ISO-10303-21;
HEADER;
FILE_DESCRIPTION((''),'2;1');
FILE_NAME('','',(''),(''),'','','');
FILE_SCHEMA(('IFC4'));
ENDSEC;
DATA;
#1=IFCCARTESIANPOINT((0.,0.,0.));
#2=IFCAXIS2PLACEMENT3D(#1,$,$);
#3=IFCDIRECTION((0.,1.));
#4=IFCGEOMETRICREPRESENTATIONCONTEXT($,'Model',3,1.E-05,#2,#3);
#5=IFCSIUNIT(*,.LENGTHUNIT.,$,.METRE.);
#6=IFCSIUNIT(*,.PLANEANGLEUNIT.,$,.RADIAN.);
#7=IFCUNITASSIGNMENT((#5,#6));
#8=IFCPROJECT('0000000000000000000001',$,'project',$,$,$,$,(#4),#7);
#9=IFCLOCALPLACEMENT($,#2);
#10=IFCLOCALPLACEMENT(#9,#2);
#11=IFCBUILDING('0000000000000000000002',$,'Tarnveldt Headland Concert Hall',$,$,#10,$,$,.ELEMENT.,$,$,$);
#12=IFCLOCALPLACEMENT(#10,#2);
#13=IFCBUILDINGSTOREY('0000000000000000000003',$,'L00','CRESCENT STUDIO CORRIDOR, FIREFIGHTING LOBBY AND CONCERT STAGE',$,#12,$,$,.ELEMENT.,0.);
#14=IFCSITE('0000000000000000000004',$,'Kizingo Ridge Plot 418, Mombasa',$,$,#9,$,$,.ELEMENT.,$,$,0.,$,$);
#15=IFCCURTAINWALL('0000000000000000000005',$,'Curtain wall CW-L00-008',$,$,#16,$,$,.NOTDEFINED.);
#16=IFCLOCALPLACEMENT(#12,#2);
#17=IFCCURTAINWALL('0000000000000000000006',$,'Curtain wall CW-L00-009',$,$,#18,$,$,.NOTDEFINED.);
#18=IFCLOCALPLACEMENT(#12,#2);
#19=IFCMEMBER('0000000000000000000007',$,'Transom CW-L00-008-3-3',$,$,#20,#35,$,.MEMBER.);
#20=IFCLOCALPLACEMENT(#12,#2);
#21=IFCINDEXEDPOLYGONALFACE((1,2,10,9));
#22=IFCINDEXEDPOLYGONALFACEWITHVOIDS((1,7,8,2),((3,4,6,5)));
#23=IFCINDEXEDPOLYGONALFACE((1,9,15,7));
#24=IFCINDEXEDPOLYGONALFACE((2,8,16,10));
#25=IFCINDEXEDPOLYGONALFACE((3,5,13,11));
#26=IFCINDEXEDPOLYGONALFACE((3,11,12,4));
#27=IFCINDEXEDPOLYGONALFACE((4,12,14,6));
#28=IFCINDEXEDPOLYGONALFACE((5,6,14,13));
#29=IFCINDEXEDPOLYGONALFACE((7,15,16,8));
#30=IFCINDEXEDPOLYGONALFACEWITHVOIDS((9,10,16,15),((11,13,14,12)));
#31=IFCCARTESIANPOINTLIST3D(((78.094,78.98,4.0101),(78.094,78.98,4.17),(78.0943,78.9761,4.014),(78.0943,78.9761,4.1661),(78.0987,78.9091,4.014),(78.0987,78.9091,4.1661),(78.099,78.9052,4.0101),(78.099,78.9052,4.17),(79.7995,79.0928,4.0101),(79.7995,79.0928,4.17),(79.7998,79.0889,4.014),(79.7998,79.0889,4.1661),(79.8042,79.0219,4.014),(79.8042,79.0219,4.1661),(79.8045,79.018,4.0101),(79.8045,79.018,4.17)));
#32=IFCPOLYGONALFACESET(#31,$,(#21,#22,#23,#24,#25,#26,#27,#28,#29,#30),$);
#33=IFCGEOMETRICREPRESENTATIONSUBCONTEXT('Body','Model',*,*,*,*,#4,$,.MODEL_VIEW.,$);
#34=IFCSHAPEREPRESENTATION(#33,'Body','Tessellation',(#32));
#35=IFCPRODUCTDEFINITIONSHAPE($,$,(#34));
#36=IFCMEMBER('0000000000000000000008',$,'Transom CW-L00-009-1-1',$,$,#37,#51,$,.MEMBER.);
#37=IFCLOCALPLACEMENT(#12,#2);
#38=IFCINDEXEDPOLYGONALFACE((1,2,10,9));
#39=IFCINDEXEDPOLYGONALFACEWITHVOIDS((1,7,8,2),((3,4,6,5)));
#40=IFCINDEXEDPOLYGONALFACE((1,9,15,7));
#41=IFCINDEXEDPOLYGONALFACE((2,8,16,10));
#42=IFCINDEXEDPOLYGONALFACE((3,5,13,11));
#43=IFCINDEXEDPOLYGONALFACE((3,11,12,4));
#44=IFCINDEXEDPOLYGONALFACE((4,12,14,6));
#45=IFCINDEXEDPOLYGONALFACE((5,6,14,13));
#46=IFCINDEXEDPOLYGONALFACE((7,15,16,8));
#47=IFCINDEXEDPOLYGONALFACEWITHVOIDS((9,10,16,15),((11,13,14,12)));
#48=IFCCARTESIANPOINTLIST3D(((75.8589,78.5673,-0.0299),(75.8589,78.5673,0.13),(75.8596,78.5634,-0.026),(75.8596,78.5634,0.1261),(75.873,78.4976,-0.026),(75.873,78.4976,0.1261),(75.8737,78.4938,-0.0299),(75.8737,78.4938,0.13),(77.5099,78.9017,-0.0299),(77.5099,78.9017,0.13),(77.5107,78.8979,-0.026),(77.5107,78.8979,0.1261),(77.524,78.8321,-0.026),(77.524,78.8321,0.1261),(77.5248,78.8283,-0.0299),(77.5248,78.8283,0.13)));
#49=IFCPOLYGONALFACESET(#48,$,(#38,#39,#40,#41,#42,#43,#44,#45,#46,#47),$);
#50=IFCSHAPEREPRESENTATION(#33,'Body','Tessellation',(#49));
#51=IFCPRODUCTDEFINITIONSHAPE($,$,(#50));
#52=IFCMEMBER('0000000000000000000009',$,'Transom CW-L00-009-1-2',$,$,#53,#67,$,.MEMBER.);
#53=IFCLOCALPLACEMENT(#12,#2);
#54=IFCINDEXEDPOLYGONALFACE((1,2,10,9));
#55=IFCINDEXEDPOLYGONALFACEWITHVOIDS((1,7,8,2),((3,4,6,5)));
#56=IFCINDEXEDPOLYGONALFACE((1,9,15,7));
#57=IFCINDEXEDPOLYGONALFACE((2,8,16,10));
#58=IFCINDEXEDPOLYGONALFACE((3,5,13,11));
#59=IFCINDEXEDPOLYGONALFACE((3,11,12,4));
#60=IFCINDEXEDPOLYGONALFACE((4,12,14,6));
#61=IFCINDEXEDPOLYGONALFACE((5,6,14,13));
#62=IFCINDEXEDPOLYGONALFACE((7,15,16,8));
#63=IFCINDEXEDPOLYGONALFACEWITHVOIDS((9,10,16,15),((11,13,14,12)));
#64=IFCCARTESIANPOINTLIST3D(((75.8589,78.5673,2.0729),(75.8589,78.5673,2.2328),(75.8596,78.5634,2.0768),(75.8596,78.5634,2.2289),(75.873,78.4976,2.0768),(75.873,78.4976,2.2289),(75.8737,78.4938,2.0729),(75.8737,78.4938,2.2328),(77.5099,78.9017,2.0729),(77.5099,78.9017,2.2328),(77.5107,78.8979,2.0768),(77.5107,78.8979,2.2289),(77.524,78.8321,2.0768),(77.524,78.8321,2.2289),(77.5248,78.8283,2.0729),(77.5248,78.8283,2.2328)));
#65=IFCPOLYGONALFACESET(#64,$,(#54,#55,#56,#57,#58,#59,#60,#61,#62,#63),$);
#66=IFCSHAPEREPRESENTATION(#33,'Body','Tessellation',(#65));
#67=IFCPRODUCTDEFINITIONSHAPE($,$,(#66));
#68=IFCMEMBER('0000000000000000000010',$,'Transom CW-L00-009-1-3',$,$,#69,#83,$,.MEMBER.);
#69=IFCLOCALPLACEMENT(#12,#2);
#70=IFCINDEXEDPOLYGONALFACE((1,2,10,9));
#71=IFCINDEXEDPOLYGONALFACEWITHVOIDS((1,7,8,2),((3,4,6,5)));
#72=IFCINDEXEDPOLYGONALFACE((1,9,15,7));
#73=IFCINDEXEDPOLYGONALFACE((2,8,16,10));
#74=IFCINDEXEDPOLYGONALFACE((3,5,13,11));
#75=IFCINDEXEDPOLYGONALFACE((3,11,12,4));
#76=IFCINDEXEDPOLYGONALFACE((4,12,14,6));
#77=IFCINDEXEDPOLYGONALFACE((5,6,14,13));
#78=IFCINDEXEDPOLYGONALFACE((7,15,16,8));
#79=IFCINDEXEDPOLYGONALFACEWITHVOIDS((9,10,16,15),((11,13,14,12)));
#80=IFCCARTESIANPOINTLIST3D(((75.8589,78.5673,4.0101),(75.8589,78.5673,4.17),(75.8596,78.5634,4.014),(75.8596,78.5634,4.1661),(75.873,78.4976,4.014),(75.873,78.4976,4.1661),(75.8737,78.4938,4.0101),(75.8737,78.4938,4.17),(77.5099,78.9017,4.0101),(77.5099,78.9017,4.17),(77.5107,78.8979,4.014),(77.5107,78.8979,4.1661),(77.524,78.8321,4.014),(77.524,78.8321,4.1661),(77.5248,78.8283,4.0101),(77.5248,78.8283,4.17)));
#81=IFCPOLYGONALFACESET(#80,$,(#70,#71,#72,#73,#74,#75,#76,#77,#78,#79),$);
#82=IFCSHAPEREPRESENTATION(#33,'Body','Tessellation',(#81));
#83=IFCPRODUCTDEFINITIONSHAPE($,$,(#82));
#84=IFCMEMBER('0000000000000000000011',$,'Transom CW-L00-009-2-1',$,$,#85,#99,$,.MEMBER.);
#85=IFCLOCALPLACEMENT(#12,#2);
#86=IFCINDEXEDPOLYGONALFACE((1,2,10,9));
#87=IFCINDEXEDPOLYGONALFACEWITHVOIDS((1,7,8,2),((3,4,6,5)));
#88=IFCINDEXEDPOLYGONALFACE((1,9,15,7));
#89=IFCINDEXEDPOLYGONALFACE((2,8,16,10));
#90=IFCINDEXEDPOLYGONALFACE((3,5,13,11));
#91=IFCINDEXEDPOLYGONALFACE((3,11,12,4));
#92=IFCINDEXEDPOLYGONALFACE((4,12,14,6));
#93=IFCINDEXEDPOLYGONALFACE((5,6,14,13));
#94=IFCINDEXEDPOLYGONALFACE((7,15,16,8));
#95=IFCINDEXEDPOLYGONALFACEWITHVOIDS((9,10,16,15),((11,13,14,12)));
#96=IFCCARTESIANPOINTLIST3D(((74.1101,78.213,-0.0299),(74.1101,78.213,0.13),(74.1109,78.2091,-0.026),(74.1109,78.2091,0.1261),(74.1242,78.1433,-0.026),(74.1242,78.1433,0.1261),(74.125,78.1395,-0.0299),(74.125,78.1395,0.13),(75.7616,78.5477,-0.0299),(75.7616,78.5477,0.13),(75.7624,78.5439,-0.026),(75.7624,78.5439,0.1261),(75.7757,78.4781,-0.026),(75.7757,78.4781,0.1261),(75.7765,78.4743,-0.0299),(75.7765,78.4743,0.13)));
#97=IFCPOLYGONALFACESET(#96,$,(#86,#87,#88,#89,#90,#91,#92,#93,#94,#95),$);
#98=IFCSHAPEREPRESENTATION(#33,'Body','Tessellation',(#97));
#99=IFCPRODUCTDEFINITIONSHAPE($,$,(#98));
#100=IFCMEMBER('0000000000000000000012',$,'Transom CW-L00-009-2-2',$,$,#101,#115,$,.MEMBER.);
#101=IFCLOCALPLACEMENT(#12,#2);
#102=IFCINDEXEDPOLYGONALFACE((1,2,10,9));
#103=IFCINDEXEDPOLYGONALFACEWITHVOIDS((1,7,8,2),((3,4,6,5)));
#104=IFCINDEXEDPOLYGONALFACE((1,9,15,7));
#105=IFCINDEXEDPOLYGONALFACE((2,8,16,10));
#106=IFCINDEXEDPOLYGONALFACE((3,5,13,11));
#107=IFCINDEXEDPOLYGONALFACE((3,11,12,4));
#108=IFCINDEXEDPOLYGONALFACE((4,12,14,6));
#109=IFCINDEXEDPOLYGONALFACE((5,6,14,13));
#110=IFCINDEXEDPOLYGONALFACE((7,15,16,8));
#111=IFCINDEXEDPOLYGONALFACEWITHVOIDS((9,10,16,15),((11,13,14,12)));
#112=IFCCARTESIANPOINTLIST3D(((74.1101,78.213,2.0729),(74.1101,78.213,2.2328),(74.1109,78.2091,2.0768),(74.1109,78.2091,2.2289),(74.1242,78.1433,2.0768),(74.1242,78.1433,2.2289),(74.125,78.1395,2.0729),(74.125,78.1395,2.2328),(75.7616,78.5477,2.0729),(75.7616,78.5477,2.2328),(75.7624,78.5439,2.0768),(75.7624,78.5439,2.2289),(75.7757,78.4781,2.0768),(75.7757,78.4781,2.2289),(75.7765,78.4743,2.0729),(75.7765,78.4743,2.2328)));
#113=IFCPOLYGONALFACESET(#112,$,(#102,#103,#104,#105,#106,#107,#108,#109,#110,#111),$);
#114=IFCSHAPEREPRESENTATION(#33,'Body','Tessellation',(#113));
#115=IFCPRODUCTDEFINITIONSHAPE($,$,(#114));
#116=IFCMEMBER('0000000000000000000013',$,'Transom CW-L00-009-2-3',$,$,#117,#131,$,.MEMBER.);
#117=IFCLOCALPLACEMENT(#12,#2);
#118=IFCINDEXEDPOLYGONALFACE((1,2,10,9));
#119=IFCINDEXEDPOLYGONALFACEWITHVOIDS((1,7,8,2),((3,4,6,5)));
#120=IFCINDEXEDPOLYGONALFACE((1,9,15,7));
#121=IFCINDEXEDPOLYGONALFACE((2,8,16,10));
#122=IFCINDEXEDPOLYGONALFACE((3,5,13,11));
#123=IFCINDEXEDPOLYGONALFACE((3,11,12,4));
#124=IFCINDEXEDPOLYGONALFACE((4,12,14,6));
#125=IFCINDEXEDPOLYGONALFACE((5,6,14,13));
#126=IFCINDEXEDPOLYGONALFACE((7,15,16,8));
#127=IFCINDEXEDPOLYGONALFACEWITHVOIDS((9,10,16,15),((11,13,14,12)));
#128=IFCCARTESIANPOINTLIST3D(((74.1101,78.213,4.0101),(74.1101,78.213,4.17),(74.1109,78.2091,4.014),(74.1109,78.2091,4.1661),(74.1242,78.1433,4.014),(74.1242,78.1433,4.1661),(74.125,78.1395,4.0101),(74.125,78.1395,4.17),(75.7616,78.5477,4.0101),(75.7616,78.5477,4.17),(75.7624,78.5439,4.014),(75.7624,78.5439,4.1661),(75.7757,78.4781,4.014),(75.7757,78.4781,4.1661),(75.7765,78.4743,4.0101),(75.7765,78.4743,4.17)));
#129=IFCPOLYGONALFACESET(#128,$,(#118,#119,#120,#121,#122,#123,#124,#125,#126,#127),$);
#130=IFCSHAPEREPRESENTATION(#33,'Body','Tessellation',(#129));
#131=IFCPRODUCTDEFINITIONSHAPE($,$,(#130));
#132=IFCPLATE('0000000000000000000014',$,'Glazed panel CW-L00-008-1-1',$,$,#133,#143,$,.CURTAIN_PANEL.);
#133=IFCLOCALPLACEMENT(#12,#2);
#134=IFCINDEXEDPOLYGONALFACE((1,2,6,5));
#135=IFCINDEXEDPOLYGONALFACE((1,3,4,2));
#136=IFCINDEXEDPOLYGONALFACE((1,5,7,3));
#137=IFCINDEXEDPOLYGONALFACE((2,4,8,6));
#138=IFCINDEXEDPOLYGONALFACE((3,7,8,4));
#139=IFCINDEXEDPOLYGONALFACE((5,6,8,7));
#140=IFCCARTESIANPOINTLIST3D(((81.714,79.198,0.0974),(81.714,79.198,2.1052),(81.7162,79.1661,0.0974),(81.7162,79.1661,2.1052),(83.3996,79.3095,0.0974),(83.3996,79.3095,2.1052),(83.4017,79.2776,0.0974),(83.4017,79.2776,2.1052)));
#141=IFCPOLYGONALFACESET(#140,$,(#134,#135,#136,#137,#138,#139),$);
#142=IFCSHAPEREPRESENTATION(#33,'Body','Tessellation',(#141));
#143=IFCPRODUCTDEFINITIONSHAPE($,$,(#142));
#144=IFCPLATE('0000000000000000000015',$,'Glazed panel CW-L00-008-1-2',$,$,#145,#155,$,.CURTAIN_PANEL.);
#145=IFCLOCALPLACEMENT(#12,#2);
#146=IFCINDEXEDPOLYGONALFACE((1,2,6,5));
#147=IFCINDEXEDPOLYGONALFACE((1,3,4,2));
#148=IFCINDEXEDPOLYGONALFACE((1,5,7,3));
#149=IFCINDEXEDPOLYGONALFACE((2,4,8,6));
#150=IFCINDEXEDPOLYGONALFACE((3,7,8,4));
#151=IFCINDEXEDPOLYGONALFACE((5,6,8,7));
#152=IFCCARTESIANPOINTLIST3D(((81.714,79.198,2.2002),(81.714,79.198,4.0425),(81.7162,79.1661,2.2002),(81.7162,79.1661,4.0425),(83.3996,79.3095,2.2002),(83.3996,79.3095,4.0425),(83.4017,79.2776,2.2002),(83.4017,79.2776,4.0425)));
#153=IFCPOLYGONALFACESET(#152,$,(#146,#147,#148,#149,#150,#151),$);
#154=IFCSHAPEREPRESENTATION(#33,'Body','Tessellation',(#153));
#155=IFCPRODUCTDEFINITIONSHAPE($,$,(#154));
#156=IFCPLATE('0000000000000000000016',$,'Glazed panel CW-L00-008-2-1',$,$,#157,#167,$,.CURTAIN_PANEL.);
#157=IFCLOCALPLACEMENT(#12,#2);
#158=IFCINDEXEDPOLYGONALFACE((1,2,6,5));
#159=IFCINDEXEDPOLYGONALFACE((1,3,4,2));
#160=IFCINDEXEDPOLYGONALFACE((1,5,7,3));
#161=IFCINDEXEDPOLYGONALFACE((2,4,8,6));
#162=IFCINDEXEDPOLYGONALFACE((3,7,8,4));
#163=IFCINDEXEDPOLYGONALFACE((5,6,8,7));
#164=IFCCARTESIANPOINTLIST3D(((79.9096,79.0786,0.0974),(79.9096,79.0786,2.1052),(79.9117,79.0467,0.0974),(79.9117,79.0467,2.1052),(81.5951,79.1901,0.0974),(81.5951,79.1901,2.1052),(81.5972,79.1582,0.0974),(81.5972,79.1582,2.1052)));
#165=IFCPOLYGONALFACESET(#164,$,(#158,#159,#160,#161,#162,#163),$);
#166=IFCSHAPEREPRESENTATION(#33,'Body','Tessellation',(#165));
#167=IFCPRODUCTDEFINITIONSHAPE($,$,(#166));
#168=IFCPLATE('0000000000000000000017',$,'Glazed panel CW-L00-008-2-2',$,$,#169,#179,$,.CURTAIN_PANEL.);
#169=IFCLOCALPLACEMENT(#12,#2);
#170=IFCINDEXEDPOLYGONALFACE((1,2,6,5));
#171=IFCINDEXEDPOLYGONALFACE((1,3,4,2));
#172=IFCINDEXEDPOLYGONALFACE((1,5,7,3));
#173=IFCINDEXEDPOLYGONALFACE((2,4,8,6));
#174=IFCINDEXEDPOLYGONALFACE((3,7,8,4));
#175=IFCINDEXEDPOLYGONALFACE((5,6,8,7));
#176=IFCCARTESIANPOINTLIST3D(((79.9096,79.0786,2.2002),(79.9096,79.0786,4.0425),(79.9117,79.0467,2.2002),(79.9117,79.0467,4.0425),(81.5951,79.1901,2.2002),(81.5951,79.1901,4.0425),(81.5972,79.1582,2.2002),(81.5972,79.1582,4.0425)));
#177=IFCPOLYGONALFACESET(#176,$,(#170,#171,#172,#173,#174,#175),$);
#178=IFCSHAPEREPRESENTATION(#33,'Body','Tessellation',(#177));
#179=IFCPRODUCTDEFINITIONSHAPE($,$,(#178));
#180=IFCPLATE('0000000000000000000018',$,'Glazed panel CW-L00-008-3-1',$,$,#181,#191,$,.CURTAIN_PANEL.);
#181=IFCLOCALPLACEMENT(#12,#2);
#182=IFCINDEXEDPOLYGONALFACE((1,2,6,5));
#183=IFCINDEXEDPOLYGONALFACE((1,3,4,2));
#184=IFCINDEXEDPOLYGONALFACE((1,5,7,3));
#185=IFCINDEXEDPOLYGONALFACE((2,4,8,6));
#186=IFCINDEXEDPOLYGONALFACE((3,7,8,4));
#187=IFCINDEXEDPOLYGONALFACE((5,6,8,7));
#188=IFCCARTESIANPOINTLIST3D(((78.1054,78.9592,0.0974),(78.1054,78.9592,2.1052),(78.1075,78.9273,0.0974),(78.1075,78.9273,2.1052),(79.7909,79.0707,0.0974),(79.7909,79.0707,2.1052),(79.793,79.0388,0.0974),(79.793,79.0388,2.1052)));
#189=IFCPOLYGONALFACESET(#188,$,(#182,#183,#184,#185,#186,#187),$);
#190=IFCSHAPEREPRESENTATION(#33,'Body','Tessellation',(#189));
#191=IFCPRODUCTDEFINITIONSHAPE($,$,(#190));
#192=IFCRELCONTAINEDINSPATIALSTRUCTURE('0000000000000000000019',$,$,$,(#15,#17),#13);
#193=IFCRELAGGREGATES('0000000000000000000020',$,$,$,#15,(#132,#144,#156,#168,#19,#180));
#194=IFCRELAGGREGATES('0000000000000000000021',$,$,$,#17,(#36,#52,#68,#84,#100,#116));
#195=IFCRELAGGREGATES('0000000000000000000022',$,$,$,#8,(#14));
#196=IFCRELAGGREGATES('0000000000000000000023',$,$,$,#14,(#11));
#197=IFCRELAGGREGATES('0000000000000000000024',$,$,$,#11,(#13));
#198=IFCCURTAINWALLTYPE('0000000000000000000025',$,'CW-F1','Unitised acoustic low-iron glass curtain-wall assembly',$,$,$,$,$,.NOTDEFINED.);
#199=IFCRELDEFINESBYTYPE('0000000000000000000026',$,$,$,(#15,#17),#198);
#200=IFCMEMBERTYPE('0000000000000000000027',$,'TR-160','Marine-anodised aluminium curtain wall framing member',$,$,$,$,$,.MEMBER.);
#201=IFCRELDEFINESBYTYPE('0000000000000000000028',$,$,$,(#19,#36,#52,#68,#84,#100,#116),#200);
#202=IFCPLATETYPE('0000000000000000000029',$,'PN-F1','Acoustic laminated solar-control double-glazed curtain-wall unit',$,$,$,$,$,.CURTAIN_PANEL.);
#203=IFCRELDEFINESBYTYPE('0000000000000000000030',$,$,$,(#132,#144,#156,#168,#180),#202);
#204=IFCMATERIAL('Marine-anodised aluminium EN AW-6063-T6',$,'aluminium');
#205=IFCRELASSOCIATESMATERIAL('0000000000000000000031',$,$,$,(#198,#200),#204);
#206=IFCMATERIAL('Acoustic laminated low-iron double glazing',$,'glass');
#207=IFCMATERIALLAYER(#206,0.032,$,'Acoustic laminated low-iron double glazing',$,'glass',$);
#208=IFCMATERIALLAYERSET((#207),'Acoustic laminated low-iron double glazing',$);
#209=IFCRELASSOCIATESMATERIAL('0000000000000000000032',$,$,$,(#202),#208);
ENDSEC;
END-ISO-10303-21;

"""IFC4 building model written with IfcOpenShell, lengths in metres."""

from ifc_helpers import new_model, si_unit, direction, frame, origin, origin_2d, place, context, subcontext, project, spatial, rectangle, hollow_rectangle, extrude, material, layer, layer_set, material_profile, profile_set, type_object, element, aggregate, save


model = new_model("IFC4")

# Units and contexts
model_context = context("Model", 3, precision=1e-05, world=origin(), true_north=direction((0.0, 1.0)))
body_context = subcontext(model_context, "Body", "Model", "MODEL_VIEW")
ifc_project = project(units=[si_unit("LENGTHUNIT", "METRE"), si_unit("PLANEANGLEUNIT", "RADIAN")], contexts=[model_context])

# Site, building, storey
site_placement = place(None, origin())
site = spatial("IfcSite", under=ifc_project, at=site_placement, Name="Kizingo Ridge Plot 418, Mombasa", CompositionType="ELEMENT", RefElevation=0.0)
building_placement = place(site_placement, origin())
building = spatial("IfcBuilding", under=site, at=building_placement, Name="Tarnveldt Headland Concert Hall", CompositionType="ELEMENT")
storey_placement = place(building_placement, origin())
storey = spatial("IfcBuildingStorey", under=building, at=storey_placement, Name="L00", Description="CRESCENT STUDIO CORRIDOR, FIREFIGHTING LOBBY AND CONCERT STAGE", CompositionType="ELEMENT", Elevation=0.0)

# Curtain walls
ifc_material_1 = material(Name="Marine-anodised aluminium EN AW-6063-T6", Category="aluminium")
curtain_wall_type = type_object("IfcCurtainWallType", Name="CW-F1", Description="Unitised acoustic low-iron glass curtain-wall assembly", PredefinedType="NOTDEFINED", material=ifc_material_1)
curtain_wall_1_placement = place(storey_placement, origin())
curtain_wall_1 = element("IfcCurtainWall", 1, at=curtain_wall_1_placement, inside=storey, type_object=curtain_wall_type, Name="Curtain wall CW-L00-008", PredefinedType="NOTDEFINED")
curtain_wall_2_placement = place(storey_placement, origin())
curtain_wall_2 = element("IfcCurtainWall", 2, at=curtain_wall_2_placement, inside=storey, type_object=curtain_wall_type, Name="Curtain wall CW-L00-009", PredefinedType="NOTDEFINED")

# Members
ifc_material_profile_1 = material_profile(ifc_material_1, hollow_rectangle(XDim=0.075, YDim=0.1599, WallThickness=0.0039, at=origin_2d()), Name="ALU TRANSOM 75x160x4", Category="aluminium")
ifc_profile_set_1 = profile_set([ifc_material_profile_1], Name="Marine-anodised aluminium EN AW-6063-T6")
member_type_1 = type_object("IfcMemberType", Name="TR-160", Description="Marine-anodised aluminium curtain wall framing member", PredefinedType="MEMBER", material=ifc_profile_set_1)
member_1_placement = place(storey_placement, frame((79.802, 79.0554, 4.0901), z_axis=(-0.99782, -0.065988, 0.0), x_axis=(0.065988, -0.99782, 0.0)))
member_1 = element("IfcMember", 3, at=member_1_placement, type_object=member_type_1, Name="Transom CW-L00-008-3-3", PredefinedType="MEMBER", context=body_context, shape_type="SweptSolid", body=[
    extrude(hollow_rectangle(XDim=0.075, YDim=0.1599, WallThickness=0.0039, at=origin_2d()), origin(), (0.0, 0.0, 1.0), 1.7092),
])
member_2_placement = place(storey_placement, frame((77.5173, 78.865, 0.05), z_axis=(-0.980093, -0.19854, 0.0), x_axis=(0.19854, -0.980093, 0.0)))
member_2 = element("IfcMember", 4, at=member_2_placement, type_object=member_type_1, Name="Transom CW-L00-009-1-1", PredefinedType="MEMBER", context=body_context, shape_type="SweptSolid", body=[
    extrude(hollow_rectangle(XDim=0.075, YDim=0.1599, WallThickness=0.0039, at=origin_2d()), origin(), (0.0, 0.0, 1.0), 1.6846),
])
member_3_placement = place(storey_placement, frame((77.5173, 78.865, 2.1528), z_axis=(-0.980093, -0.19854, 0.0), x_axis=(0.19854, -0.980093, 0.0)))
member_3 = element("IfcMember", 5, at=member_3_placement, type_object=member_type_1, Name="Transom CW-L00-009-1-2", PredefinedType="MEMBER", context=body_context, shape_type="SweptSolid", body=[
    extrude(hollow_rectangle(XDim=0.075, YDim=0.1599, WallThickness=0.0039, at=origin_2d()), origin(), (0.0, 0.0, 1.0), 1.6846),
])
member_4_placement = place(storey_placement, frame((77.5173, 78.865, 4.0901), z_axis=(-0.980093, -0.19854, 0.0), x_axis=(0.19854, -0.980093, 0.0)))
member_4 = element("IfcMember", 6, at=member_4_placement, type_object=member_type_1, Name="Transom CW-L00-009-1-3", PredefinedType="MEMBER", context=body_context, shape_type="SweptSolid", body=[
    extrude(hollow_rectangle(XDim=0.075, YDim=0.1599, WallThickness=0.0039, at=origin_2d()), origin(), (0.0, 0.0, 1.0), 1.6846),
])
member_5_placement = place(storey_placement, frame((75.769, 78.511, 0.05), z_axis=(-0.98007, -0.198651, 0.0), x_axis=(0.198651, -0.98007, 0.0)))
member_5 = element("IfcMember", 7, at=member_5_placement, type_object=member_type_1, Name="Transom CW-L00-009-2-1", PredefinedType="MEMBER", context=body_context, shape_type="SweptSolid", body=[
    extrude(hollow_rectangle(XDim=0.075, YDim=0.1599, WallThickness=0.0039, at=origin_2d()), origin(), (0.0, 0.0, 1.0), 1.6851),
])
member_6_placement = place(storey_placement, frame((75.769, 78.511, 2.1528), z_axis=(-0.98007, -0.198651, 0.0), x_axis=(0.198651, -0.98007, 0.0)))
member_6 = element("IfcMember", 8, at=member_6_placement, type_object=member_type_1, Name="Transom CW-L00-009-2-2", PredefinedType="MEMBER", context=body_context, shape_type="SweptSolid", body=[
    extrude(hollow_rectangle(XDim=0.075, YDim=0.1599, WallThickness=0.0039, at=origin_2d()), origin(), (0.0, 0.0, 1.0), 1.6851),
])
member_7_placement = place(storey_placement, frame((75.769, 78.511, 4.0901), z_axis=(-0.98007, -0.198651, 0.0), x_axis=(0.198651, -0.98007, 0.0)))
member_7 = element("IfcMember", 9, at=member_7_placement, type_object=member_type_1, Name="Transom CW-L00-009-2-3", PredefinedType="MEMBER", context=body_context, shape_type="SweptSolid", body=[
    extrude(hollow_rectangle(XDim=0.075, YDim=0.1599, WallThickness=0.0039, at=origin_2d()), origin(), (0.0, 0.0, 1.0), 1.6851),
])

# Plates
ifc_material_2 = material(Name="Acoustic laminated low-iron double glazing", Category="glass")
ifc_layer_1 = layer(ifc_material_2, 0.032, Name="Acoustic laminated low-iron double glazing", Category="glass")
ifc_layer_set_1 = layer_set([ifc_layer_1], Name="Acoustic laminated low-iron double glazing")
plate_type = type_object("IfcPlateType", Name="PN-F1", Description="Acoustic laminated solar-control double-glazed curtain-wall unit", PredefinedType="CURTAIN_PANEL", material=ifc_layer_set_1)
plate_1_placement = place(storey_placement, frame((82.5579, 79.2378, 0.0974), z_axis=(0.0, 0.0, 1.0), x_axis=(-0.997819, -0.066013, 0.0)))
plate_1 = element("IfcPlate", 10, at=plate_1_placement, type_object=plate_type, Name="Glazed panel CW-L00-008-1-1", PredefinedType="CURTAIN_PANEL", context=body_context, shape_type="SweptSolid", body=[
    extrude(rectangle(XDim=1.6892, YDim=0.032, at=origin_2d()), origin(), (0.0, 0.0, 1.0), 2.0078),
])
plate_2_placement = place(storey_placement, frame((82.5579, 79.2378, 2.2002), z_axis=(0.0, 0.0, 1.0), x_axis=(-0.997819, -0.066013, 0.0)))
plate_2 = element("IfcPlate", 11, at=plate_2_placement, type_object=plate_type, Name="Glazed panel CW-L00-008-1-2", PredefinedType="CURTAIN_PANEL", context=body_context, shape_type="SweptSolid", body=[
    extrude(rectangle(XDim=1.6892, YDim=0.032, at=origin_2d()), origin(), (0.0, 0.0, 1.0), 1.8423),
])
plate_3_placement = place(storey_placement, frame((80.7534, 79.1184, 0.0974), z_axis=(0.0, 0.0, 1.0), x_axis=(-0.997819, -0.066013, 0.0)))
plate_3 = element("IfcPlate", 12, at=plate_3_placement, type_object=plate_type, Name="Glazed panel CW-L00-008-2-1", PredefinedType="CURTAIN_PANEL", context=body_context, shape_type="SweptSolid", body=[
    extrude(rectangle(XDim=1.6892, YDim=0.032, at=origin_2d()), origin(), (0.0, 0.0, 1.0), 2.0078),
])
plate_4_placement = place(storey_placement, frame((80.7534, 79.1184, 2.2002), z_axis=(0.0, 0.0, 1.0), x_axis=(-0.997819, -0.066013, 0.0)))
plate_4 = element("IfcPlate", 13, at=plate_4_placement, type_object=plate_type, Name="Glazed panel CW-L00-008-2-2", PredefinedType="CURTAIN_PANEL", context=body_context, shape_type="SweptSolid", body=[
    extrude(rectangle(XDim=1.6892, YDim=0.032, at=origin_2d()), origin(), (0.0, 0.0, 1.0), 1.8423),
])
plate_5_placement = place(storey_placement, frame((78.9492, 78.999, 0.0974), z_axis=(0.0, 0.0, 1.0), x_axis=(-0.997819, -0.066013, 0.0)))
plate_5 = element("IfcPlate", 14, at=plate_5_placement, type_object=plate_type, Name="Glazed panel CW-L00-008-3-1", PredefinedType="CURTAIN_PANEL", context=body_context, shape_type="SweptSolid", body=[
    extrude(rectangle(XDim=1.6892, YDim=0.032, at=origin_2d()), origin(), (0.0, 0.0, 1.0), 2.0078),
])
aggregate(curtain_wall_1, [plate_1, plate_2, plate_3, plate_4, member_1, plate_5])
aggregate(curtain_wall_2, [member_2, member_3, member_4, member_5, member_6, member_7])

save(model, "model.ifc")
